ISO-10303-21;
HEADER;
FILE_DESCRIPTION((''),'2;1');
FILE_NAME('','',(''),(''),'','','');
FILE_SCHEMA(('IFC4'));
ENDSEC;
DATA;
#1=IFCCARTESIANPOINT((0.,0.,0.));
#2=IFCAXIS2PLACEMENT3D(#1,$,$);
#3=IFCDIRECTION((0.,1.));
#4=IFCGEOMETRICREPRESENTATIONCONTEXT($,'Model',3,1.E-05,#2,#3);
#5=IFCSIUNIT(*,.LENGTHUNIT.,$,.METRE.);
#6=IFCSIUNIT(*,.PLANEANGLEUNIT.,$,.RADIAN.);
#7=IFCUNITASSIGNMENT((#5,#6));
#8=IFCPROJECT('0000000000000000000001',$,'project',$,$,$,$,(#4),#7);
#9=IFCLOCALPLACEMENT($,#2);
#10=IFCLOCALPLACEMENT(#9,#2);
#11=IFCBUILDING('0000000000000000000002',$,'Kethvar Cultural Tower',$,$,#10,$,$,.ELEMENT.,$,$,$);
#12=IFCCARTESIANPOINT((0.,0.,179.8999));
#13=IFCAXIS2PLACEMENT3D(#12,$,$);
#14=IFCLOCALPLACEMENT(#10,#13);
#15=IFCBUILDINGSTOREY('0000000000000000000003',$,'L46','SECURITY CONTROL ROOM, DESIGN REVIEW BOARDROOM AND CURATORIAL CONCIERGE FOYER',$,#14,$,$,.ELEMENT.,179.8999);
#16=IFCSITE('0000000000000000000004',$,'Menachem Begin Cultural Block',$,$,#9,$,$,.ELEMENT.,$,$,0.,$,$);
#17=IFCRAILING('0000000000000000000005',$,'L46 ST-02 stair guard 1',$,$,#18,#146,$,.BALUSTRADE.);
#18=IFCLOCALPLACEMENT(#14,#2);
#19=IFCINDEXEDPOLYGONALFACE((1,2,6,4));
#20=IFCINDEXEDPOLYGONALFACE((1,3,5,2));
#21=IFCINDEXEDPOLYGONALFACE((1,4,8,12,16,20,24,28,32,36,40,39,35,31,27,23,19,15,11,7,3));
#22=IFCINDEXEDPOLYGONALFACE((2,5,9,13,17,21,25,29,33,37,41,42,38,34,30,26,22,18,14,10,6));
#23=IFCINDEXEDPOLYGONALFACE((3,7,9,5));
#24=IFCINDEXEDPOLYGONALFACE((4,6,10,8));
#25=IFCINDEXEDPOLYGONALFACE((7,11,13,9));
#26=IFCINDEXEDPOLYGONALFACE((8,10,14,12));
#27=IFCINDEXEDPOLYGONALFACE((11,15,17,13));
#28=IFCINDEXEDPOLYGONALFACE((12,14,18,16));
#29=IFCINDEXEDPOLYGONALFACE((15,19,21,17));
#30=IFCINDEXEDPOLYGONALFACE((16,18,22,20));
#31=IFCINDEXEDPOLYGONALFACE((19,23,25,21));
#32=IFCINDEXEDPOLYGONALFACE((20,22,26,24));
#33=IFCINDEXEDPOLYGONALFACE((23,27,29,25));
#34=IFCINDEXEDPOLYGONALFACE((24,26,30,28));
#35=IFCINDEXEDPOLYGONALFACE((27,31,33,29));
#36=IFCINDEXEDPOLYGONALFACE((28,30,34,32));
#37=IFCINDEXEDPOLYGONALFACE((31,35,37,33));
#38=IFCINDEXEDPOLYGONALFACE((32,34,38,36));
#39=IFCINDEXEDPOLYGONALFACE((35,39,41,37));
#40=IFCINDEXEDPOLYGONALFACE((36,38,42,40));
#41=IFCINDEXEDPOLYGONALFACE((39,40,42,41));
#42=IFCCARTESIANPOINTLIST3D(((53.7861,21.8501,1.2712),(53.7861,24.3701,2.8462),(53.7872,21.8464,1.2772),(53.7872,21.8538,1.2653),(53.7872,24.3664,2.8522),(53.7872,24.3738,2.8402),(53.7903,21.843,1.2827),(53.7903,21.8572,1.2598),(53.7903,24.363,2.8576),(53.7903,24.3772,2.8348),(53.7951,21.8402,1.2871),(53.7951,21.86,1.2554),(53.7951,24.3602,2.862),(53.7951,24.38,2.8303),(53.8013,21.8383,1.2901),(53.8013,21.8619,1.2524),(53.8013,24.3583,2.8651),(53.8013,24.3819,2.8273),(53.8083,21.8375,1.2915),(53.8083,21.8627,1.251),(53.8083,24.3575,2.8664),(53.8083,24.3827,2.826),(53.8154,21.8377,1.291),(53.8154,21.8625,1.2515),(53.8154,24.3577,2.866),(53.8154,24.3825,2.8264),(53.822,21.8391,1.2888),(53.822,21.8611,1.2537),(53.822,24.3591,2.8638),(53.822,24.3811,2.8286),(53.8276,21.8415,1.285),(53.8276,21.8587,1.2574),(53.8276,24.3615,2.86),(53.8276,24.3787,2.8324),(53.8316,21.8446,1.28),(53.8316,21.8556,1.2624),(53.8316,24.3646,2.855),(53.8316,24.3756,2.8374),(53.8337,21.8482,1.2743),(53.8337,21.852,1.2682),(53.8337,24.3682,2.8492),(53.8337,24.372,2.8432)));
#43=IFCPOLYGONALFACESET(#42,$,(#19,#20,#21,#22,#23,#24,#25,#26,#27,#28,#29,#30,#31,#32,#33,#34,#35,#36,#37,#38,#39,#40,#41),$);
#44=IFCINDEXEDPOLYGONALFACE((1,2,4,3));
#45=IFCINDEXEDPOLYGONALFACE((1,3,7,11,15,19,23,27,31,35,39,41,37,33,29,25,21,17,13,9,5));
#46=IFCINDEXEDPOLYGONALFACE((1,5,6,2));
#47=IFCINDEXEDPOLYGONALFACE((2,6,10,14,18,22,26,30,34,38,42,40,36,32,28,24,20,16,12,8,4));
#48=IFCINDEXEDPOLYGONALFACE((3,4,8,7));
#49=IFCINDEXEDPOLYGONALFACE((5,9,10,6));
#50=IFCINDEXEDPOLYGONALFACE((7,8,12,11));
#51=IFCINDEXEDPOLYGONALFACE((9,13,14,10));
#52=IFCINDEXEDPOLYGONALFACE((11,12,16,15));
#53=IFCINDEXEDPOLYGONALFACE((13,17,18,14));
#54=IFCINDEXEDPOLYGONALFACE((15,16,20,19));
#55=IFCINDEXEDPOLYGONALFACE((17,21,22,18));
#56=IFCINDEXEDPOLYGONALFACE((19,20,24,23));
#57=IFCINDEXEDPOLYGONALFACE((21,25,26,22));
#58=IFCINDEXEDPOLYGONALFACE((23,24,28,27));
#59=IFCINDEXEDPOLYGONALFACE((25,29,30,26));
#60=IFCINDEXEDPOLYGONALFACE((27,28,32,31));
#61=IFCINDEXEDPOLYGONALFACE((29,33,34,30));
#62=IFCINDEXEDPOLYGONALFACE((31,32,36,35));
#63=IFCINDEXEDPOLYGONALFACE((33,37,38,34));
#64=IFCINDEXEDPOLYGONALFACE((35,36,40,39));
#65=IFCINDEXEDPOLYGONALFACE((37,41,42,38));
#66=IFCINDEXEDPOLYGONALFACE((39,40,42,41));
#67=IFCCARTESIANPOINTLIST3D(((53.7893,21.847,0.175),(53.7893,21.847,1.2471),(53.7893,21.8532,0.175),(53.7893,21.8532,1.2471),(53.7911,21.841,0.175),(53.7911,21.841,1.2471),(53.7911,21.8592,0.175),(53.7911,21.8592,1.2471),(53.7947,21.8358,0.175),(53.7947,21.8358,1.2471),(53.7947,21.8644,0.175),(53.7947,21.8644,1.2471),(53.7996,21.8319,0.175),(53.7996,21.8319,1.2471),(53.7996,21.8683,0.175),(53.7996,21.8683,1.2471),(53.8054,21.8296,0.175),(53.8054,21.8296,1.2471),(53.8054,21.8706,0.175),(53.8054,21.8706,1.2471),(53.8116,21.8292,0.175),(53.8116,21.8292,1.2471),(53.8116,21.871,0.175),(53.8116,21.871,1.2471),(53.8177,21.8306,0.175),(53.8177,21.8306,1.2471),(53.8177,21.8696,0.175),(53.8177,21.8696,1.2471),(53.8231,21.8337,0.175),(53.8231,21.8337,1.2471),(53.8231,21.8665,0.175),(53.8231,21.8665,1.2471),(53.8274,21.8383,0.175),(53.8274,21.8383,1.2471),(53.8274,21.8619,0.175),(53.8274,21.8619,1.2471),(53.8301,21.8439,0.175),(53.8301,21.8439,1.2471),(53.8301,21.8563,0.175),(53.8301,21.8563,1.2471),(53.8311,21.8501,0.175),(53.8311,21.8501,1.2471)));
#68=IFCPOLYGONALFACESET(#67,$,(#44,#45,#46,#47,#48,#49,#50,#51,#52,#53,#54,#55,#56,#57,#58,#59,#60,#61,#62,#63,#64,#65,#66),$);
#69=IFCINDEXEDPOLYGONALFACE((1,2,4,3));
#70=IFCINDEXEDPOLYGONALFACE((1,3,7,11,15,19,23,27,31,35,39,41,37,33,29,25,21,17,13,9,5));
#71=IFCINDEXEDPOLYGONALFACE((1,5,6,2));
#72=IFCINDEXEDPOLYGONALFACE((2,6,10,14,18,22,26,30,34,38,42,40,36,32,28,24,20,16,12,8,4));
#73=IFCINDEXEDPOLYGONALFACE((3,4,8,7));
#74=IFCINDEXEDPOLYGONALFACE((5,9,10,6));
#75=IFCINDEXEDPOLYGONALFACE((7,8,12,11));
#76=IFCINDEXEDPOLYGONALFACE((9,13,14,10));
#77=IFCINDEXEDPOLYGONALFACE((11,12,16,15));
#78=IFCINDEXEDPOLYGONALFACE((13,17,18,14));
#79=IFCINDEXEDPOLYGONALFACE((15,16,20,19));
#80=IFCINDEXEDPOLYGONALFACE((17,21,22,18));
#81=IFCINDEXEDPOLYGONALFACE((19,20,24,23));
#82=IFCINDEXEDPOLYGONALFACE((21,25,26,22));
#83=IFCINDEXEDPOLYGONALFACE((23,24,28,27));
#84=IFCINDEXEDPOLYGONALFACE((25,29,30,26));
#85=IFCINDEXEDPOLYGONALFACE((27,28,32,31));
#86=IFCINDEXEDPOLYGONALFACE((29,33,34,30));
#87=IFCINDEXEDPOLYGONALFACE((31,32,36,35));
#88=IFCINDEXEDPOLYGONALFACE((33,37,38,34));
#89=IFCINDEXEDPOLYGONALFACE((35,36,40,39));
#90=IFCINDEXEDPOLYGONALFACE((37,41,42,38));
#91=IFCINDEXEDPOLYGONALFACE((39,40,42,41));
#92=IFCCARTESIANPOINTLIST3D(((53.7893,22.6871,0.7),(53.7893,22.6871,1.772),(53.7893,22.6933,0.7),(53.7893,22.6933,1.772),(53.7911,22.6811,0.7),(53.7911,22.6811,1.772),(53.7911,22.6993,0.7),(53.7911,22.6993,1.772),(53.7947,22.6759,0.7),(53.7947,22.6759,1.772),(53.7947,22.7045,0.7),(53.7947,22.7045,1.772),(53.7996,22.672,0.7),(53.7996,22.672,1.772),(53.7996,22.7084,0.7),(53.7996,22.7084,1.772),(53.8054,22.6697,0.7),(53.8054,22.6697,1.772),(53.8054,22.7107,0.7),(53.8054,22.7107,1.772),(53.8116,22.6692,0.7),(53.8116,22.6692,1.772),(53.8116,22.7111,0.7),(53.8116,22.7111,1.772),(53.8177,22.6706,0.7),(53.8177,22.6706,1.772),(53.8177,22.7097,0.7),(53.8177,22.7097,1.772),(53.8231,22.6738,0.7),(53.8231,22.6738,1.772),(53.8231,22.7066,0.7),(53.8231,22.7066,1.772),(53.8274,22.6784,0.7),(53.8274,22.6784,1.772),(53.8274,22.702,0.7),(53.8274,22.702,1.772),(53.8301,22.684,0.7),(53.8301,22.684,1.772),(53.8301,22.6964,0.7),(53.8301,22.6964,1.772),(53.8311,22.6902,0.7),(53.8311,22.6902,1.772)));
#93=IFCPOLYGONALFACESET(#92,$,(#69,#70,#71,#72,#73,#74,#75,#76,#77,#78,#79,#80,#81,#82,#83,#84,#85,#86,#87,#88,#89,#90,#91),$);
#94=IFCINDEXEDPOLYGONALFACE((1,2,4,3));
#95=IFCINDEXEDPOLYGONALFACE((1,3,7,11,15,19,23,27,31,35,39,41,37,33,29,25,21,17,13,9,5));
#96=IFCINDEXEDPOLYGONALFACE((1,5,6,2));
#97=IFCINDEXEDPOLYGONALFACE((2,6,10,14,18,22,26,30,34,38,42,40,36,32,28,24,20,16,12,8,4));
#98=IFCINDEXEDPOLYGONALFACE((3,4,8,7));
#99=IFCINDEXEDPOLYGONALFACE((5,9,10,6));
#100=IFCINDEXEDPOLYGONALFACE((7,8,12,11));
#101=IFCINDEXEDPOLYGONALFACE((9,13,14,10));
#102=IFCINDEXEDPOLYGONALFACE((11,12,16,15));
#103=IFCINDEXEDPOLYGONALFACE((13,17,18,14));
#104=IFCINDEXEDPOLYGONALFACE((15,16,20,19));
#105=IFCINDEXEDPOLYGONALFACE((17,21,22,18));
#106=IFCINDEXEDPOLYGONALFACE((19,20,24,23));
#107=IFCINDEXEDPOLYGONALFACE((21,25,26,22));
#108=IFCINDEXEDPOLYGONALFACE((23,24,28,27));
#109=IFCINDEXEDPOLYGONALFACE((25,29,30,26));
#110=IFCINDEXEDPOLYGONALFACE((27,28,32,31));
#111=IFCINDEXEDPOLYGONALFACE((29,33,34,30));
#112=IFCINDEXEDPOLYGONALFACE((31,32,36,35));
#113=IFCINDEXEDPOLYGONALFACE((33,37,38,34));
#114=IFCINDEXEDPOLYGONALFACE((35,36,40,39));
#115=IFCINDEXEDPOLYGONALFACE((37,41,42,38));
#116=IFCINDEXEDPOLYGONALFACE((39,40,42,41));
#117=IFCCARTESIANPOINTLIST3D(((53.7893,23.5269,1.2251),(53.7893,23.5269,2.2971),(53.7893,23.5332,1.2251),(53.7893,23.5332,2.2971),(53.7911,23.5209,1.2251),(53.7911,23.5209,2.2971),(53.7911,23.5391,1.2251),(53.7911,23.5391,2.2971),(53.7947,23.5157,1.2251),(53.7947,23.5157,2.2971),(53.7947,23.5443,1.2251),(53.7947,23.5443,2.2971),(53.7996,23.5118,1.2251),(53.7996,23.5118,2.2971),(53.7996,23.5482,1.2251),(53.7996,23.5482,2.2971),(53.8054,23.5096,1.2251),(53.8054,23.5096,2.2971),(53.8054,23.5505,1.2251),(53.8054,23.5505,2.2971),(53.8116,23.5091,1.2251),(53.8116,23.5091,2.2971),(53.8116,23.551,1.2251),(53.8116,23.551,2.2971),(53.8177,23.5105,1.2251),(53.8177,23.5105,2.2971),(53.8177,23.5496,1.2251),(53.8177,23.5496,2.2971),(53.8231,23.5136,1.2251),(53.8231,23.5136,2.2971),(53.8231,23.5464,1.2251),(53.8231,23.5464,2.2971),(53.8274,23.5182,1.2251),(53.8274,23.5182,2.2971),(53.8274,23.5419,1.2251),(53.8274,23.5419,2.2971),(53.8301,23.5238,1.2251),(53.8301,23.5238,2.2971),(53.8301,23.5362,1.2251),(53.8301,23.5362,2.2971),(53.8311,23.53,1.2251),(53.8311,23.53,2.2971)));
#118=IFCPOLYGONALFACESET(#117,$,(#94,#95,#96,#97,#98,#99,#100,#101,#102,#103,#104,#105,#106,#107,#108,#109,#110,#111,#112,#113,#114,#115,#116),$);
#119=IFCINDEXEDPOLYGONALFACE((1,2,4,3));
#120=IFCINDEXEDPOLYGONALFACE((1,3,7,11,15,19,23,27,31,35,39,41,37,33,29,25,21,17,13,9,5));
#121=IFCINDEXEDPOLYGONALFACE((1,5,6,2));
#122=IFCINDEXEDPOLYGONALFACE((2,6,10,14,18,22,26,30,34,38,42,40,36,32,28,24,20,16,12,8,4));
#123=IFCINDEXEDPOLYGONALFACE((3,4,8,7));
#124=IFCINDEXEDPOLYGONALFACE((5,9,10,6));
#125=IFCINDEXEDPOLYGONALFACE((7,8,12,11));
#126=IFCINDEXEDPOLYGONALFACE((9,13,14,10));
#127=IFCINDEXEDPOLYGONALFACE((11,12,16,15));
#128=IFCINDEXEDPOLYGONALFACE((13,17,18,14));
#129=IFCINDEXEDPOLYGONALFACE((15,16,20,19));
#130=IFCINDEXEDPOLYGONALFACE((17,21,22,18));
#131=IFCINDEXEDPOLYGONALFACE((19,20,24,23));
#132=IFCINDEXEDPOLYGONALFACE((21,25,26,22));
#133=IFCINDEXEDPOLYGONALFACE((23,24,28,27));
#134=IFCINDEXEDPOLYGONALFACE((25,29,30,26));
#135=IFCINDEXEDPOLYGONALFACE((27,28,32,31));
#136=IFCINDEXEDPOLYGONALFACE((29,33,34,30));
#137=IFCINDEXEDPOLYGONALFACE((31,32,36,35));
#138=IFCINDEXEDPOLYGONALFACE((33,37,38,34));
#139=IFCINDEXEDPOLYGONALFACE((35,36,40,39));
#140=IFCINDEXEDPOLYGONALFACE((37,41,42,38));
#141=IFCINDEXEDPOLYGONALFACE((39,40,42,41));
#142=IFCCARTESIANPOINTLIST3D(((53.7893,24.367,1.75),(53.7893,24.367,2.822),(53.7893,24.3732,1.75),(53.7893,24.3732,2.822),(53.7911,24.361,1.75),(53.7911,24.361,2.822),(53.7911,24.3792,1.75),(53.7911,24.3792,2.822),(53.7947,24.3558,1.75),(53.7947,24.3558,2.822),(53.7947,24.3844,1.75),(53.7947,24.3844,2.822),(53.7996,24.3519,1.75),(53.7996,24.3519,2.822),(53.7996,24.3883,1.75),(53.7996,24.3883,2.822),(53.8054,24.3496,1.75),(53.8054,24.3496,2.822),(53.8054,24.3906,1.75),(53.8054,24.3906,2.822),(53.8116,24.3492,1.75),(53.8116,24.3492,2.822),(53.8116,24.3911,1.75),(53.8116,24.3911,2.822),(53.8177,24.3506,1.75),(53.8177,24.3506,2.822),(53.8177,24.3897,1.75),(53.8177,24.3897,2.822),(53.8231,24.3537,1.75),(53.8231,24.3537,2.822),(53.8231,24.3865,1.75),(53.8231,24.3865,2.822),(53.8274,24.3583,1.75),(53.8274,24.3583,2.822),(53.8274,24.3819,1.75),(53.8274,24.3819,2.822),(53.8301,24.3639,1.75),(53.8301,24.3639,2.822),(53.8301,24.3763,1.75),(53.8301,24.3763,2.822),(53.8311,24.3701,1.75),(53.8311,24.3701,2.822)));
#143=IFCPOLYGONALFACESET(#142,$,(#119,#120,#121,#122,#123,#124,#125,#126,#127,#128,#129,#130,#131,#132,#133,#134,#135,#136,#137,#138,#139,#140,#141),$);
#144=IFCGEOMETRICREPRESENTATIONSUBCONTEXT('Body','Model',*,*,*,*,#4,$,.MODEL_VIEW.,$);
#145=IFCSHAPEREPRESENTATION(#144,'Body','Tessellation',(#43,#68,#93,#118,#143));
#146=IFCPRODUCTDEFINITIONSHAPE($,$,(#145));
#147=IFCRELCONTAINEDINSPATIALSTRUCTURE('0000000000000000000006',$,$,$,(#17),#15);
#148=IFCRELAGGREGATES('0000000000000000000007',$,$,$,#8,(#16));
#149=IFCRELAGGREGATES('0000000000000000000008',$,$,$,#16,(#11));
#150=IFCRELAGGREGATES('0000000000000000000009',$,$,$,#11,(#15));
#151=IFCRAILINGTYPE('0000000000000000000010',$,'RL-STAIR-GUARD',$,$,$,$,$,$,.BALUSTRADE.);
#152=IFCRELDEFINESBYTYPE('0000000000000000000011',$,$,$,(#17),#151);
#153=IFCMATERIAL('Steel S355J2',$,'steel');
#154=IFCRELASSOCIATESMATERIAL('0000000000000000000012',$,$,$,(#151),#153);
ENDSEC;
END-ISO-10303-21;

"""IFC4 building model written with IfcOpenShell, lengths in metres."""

from ifc_helpers import new_model, si_unit, direction, frame, origin, origin_2d, place, context, subcontext, project, spatial, circle, extrude, material, type_object, element, save


model = new_model("IFC4")

# Units and contexts
model_context = context("Model", 3, precision=1e-05, world=origin(), true_north=direction((0.0, 1.0)))
body_context = subcontext(model_context, "Body", "Model", "MODEL_VIEW")
ifc_project = project(units=[si_unit("LENGTHUNIT", "METRE"), si_unit("PLANEANGLEUNIT", "RADIAN")], contexts=[model_context])

# Site, building, storey
site_placement = place(None, origin())
site = spatial("IfcSite", under=ifc_project, at=site_placement, Name="Menachem Begin Cultural Block", CompositionType="ELEMENT", RefElevation=0.0)
building_placement = place(site_placement, origin())
building = spatial("IfcBuilding", under=site, at=building_placement, Name="Kethvar Cultural Tower", CompositionType="ELEMENT")
storey_placement = place(building_placement, frame((0.0, 0.0, 179.8999)))
storey = spatial("IfcBuildingStorey", under=building, at=storey_placement, Name="L46", Description="SECURITY CONTROL ROOM, DESIGN REVIEW BOARDROOM AND CURATORIAL CONCIERGE FOYER", CompositionType="ELEMENT", Elevation=179.8999)

# Shared definitions
ifc_material_1 = material(Name="Steel S355J2", Category="steel")

# Railing
railing_type_1 = type_object("IfcRailingType", Name="RL-STAIR-GUARD", PredefinedType="BALUSTRADE", material=ifc_material_1)
railing_1_placement = place(storey_placement, frame((53.8101, 21.8501, 0.175)))
element("IfcRailing", 1, at=railing_1_placement, inside=storey, type_object=railing_type_1, Name="L46 ST-02 stair guard 1", PredefinedType="BALUSTRADE", context=body_context, shape_type="SweptSolid", body=[
    extrude(circle(Radius=0.0239, at=origin_2d()), frame((0.0, 0.0, 1.0962), z_axis=(0.0, 0.848008, 0.529984), x_axis=(-1.0, 0.0, 0.0)), (0.0, 0.0, 1.0), 2.9717),
    extrude(circle(Radius=0.021, at=origin_2d()), origin(), (0.0, 0.0, 1.0), 1.072),
    extrude(circle(Radius=0.021, at=origin_2d()), frame((0.0, 0.8401, 0.5249)), (0.0, 0.0, 1.0), 1.072),
    extrude(circle(Radius=0.021, at=origin_2d()), frame((0.0, 1.6799, 1.05)), (0.0, 0.0, 1.0), 1.072),
    extrude(circle(Radius=0.021, at=origin_2d()), frame((0.0, 2.52, 1.575)), (0.0, 0.0, 1.0), 1.072),
])

save(model, "model.ifc")
